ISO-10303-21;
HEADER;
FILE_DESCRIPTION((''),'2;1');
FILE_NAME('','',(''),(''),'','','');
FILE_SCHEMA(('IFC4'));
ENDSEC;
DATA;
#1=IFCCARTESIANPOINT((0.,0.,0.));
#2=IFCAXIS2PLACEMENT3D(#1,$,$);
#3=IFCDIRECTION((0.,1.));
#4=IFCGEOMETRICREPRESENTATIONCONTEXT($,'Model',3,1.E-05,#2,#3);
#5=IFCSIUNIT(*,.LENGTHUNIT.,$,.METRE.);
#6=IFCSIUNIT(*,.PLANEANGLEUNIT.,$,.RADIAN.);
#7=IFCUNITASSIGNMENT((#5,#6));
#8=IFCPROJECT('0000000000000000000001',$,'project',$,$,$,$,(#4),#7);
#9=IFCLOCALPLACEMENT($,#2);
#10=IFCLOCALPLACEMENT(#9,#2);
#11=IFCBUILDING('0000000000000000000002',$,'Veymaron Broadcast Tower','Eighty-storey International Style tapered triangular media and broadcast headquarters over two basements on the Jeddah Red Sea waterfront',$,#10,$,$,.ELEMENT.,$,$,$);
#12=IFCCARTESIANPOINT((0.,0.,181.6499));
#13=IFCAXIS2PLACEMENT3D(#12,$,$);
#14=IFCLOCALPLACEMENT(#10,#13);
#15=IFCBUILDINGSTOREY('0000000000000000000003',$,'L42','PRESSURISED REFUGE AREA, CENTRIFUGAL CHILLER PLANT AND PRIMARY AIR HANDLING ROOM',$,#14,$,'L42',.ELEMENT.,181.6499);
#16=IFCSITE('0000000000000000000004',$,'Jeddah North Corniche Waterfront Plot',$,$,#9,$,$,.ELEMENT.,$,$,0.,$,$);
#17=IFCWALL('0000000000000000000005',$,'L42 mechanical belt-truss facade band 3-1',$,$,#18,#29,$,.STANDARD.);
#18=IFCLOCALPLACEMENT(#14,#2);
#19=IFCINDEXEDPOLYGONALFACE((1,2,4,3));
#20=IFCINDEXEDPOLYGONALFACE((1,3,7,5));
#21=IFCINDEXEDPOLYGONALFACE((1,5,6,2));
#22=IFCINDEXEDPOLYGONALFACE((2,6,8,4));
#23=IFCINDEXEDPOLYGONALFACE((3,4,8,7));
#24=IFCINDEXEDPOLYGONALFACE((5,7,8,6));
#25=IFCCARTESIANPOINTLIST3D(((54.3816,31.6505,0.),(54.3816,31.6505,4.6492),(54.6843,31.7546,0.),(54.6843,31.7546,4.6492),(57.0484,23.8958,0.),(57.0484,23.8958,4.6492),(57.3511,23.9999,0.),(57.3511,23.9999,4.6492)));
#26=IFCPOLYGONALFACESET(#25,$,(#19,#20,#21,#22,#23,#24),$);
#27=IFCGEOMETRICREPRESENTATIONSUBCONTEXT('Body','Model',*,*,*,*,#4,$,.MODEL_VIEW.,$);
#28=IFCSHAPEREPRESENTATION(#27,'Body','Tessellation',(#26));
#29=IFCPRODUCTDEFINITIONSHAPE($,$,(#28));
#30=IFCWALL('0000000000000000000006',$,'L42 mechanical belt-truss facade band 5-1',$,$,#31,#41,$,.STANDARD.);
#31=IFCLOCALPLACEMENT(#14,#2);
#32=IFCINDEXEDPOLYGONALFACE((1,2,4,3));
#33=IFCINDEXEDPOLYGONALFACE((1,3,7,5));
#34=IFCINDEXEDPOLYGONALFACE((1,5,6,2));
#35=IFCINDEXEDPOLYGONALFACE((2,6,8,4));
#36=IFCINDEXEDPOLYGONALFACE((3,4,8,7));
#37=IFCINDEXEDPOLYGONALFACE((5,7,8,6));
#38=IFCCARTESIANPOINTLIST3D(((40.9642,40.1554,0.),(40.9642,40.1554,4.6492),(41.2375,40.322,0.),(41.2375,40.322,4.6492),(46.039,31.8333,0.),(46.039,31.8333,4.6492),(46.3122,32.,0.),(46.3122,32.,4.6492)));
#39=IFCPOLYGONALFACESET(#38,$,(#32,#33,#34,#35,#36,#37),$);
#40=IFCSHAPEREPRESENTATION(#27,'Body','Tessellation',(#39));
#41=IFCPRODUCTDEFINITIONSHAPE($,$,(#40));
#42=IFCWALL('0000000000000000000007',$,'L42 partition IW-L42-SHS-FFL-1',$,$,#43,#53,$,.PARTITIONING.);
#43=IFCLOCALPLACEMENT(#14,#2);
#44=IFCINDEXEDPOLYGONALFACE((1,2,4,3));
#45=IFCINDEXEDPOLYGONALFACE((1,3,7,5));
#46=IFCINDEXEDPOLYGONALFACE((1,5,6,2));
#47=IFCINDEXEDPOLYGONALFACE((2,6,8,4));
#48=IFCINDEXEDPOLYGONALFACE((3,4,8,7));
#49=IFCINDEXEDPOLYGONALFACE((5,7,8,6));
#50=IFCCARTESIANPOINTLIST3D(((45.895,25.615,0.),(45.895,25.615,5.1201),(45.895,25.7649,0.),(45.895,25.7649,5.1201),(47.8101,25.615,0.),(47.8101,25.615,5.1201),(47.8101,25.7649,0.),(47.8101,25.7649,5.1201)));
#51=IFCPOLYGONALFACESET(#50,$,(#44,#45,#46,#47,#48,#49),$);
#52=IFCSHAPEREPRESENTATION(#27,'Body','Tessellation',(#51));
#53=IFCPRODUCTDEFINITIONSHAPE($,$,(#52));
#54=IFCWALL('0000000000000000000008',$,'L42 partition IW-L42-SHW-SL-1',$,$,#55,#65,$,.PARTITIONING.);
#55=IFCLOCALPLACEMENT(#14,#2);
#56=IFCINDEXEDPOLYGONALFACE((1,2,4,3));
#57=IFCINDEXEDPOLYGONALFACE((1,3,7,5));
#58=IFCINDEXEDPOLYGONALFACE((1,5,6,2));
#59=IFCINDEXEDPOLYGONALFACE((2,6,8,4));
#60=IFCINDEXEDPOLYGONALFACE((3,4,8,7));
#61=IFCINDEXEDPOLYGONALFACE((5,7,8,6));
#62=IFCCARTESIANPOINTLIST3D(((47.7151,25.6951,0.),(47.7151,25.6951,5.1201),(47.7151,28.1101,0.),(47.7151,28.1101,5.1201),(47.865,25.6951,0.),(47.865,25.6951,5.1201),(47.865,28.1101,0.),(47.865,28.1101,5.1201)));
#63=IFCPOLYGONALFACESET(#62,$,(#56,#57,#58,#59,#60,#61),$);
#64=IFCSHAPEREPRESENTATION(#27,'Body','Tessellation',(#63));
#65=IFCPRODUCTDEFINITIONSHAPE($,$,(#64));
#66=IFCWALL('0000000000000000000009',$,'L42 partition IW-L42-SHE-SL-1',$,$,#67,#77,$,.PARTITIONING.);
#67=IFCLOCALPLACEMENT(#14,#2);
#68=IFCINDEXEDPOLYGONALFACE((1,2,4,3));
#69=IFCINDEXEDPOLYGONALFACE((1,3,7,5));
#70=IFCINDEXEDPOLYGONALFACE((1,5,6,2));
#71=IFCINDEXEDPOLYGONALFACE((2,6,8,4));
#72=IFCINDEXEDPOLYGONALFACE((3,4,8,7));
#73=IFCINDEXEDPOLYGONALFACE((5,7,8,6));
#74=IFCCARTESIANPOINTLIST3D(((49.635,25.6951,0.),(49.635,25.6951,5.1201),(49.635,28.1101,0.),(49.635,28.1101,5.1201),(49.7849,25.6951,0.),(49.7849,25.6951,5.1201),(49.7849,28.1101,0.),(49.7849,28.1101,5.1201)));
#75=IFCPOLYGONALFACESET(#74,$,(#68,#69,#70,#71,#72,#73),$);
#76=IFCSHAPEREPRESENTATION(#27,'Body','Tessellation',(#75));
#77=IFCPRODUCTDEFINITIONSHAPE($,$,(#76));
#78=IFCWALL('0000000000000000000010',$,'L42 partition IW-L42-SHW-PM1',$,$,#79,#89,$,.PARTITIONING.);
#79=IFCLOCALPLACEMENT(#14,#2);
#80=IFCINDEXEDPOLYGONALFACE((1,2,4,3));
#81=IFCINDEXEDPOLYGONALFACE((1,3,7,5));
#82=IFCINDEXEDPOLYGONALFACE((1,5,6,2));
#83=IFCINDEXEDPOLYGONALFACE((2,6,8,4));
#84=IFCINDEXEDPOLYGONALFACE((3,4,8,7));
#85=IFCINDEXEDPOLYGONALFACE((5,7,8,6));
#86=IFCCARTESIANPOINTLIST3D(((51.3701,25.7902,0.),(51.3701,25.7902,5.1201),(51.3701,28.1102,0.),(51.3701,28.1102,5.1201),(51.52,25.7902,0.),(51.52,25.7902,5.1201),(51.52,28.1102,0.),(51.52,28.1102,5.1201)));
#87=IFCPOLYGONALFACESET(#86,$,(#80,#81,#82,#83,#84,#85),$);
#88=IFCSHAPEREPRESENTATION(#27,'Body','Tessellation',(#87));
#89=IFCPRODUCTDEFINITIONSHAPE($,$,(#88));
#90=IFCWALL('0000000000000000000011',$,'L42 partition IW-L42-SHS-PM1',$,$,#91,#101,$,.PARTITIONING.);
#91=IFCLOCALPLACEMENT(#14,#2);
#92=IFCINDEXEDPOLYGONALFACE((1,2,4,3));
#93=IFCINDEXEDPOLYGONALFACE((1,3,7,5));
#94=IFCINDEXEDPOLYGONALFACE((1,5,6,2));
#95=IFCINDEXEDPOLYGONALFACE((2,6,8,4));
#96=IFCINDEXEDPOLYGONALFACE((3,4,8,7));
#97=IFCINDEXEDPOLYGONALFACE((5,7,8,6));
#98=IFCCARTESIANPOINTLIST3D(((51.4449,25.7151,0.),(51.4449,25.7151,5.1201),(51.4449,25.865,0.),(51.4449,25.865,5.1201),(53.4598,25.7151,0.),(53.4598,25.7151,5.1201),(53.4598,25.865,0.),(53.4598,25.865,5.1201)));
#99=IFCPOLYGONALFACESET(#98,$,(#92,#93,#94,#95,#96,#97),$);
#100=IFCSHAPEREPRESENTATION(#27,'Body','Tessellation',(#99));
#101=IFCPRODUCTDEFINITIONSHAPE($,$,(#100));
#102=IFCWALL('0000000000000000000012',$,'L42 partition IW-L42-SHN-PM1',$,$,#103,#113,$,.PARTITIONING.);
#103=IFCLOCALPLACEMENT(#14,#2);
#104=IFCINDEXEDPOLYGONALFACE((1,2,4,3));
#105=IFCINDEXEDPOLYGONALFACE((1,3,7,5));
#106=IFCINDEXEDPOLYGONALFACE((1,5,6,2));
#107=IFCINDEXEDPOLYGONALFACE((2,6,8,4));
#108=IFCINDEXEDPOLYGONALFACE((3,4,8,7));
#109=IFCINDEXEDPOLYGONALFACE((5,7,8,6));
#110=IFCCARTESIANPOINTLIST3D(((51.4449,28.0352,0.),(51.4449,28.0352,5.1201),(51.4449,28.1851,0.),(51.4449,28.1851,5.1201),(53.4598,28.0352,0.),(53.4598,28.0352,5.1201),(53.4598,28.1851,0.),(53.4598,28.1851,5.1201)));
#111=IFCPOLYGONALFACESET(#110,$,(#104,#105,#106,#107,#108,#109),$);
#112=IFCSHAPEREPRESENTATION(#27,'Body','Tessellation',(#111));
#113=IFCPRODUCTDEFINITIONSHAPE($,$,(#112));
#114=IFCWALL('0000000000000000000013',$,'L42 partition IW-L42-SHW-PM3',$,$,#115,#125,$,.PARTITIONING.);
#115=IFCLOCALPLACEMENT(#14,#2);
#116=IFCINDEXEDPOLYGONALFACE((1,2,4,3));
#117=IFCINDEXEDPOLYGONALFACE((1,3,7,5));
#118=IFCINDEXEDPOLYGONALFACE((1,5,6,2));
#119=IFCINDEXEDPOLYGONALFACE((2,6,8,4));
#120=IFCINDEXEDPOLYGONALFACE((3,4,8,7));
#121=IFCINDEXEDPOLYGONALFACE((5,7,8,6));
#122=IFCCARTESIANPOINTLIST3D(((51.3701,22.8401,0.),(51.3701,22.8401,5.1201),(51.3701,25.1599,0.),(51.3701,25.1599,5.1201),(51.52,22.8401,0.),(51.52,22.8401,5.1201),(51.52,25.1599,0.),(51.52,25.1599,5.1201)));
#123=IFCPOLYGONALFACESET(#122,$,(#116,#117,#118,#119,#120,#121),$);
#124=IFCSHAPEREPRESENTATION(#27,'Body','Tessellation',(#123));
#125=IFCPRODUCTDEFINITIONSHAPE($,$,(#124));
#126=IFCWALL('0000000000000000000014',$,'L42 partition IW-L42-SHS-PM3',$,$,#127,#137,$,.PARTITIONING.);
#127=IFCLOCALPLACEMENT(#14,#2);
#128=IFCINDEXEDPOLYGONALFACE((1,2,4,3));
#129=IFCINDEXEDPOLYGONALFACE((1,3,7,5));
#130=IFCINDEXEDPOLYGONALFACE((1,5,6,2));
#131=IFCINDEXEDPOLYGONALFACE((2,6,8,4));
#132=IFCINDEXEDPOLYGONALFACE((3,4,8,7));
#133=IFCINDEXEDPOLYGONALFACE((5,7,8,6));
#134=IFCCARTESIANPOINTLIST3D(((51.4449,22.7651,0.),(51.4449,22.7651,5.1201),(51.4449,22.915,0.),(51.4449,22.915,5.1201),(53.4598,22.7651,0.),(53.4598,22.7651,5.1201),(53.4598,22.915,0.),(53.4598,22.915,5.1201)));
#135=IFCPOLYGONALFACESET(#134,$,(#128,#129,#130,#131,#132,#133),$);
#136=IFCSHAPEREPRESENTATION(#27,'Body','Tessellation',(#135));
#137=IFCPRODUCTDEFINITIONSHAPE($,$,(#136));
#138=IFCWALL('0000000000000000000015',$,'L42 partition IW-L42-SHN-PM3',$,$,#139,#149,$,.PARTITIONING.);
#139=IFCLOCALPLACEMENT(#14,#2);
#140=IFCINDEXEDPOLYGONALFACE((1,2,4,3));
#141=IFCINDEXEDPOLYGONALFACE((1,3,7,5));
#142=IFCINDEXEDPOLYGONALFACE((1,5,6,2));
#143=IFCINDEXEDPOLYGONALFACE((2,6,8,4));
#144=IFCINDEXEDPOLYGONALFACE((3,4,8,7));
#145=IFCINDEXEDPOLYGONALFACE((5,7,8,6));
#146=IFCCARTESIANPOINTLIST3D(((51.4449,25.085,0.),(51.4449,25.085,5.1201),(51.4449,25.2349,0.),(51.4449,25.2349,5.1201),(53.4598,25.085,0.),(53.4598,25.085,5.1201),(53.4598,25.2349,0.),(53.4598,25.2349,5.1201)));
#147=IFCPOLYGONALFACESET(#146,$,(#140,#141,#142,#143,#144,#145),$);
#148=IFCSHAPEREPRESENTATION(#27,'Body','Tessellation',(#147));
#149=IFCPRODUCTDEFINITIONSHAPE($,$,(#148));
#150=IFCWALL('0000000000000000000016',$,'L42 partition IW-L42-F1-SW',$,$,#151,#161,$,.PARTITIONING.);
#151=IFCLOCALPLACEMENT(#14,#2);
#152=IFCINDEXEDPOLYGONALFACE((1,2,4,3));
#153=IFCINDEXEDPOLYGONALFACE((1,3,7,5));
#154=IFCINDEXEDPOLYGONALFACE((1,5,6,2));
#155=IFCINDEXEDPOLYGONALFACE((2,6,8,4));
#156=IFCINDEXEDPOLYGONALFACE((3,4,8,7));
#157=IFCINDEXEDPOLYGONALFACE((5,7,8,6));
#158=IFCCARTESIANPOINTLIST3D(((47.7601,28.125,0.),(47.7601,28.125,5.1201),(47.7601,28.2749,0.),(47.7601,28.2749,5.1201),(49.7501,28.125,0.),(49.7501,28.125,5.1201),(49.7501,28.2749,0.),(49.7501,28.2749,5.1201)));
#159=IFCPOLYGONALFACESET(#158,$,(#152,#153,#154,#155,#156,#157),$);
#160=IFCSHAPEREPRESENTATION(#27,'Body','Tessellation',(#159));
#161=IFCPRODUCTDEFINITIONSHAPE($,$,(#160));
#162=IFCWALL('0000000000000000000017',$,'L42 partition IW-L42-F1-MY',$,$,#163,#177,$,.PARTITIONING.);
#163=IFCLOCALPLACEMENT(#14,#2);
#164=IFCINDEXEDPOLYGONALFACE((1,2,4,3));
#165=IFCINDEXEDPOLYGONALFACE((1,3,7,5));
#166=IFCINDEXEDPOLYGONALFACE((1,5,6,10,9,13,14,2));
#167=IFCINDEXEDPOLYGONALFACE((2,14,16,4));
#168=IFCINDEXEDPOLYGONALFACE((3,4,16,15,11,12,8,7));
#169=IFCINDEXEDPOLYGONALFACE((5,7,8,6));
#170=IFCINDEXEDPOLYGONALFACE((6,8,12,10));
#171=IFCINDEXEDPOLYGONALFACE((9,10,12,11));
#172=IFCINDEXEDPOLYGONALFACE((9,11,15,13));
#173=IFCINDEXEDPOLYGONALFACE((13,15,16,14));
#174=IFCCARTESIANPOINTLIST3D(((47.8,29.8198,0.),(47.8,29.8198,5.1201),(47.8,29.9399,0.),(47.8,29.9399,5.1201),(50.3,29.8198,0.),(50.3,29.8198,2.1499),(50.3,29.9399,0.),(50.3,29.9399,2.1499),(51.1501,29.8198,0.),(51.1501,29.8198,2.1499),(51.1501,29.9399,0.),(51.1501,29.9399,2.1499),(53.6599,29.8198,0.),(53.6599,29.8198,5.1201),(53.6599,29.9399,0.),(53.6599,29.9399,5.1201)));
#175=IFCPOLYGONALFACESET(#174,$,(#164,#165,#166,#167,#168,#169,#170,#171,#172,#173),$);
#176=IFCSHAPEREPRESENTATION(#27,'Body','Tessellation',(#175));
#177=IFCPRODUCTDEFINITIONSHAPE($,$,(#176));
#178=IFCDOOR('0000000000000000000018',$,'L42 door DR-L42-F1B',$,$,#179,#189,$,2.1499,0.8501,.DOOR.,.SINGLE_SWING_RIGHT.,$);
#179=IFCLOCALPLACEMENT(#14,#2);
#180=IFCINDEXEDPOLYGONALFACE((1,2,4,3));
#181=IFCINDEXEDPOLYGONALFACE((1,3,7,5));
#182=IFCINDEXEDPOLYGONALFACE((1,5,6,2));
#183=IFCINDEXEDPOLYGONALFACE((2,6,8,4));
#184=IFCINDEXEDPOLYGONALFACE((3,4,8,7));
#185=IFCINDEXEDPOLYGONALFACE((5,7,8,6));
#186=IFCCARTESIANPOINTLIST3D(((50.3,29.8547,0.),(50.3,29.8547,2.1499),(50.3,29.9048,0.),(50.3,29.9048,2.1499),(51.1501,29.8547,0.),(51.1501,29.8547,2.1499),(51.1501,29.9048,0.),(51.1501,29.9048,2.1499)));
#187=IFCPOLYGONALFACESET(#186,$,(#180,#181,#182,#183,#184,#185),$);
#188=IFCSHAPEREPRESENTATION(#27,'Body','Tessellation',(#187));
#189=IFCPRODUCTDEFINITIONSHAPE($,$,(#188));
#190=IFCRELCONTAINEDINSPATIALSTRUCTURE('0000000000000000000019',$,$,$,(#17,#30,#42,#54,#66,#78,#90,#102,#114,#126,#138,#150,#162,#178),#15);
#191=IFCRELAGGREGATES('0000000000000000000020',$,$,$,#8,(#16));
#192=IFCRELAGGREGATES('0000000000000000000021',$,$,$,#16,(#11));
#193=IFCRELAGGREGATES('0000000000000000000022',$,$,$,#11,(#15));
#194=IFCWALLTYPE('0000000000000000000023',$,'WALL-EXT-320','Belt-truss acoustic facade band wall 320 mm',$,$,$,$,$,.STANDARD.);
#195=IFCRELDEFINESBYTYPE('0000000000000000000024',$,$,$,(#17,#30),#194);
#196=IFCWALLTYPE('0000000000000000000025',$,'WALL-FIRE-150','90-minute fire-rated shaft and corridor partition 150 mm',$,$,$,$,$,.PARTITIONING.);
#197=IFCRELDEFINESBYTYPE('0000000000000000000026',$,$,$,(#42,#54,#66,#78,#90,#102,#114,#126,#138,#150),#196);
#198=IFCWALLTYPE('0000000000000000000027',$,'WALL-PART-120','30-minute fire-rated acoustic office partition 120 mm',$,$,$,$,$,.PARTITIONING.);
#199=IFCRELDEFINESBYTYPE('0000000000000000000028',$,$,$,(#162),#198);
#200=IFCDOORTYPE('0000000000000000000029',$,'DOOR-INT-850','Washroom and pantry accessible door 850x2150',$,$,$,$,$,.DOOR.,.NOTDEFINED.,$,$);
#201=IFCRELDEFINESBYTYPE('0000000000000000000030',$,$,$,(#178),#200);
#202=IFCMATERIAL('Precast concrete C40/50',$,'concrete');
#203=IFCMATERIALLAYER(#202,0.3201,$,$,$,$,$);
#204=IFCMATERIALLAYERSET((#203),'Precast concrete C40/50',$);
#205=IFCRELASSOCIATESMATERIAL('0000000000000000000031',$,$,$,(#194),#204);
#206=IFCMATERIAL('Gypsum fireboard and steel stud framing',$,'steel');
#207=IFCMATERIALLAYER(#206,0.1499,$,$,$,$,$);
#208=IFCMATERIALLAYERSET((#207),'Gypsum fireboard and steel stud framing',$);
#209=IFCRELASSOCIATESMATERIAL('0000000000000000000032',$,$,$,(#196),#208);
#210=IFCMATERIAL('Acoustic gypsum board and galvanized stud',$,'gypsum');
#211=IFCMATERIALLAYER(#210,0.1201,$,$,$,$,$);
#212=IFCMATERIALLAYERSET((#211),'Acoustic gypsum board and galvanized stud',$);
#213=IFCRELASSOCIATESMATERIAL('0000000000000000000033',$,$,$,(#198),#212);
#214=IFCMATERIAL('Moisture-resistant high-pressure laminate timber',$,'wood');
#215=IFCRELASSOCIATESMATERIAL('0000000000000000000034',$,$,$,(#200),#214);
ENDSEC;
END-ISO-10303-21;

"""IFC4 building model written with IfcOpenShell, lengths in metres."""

from ifc_helpers import new_model, si_unit, direction, frame, frame_2d, origin, place, context, subcontext, project, spatial, rectangle, extrude, material, layer, layer_set, type_object, element, fill, save


model = new_model("IFC4")

# Units and contexts
model_context = context("Model", 3, precision=1e-05, world=origin(), true_north=direction((0.0, 1.0)))
body_context = subcontext(model_context, "Body", "Model", "MODEL_VIEW")
ifc_project = project(units=[si_unit("LENGTHUNIT", "METRE"), si_unit("PLANEANGLEUNIT", "RADIAN")], contexts=[model_context])

# Site, building, storey
site_placement = place(None, origin())
site = spatial("IfcSite", under=ifc_project, at=site_placement, Name="Jeddah North Corniche Waterfront Plot", CompositionType="ELEMENT", RefElevation=0.0)
building_placement = place(site_placement, origin())
building = spatial("IfcBuilding", under=site, at=building_placement, Name="Veymaron Broadcast Tower", Description="Eighty-storey International Style tapered triangular media and broadcast headquarters over two basements on the Jeddah Red Sea waterfront", CompositionType="ELEMENT")
storey_placement = place(building_placement, frame((0.0, 0.0, 181.6499)))
storey = spatial("IfcBuildingStorey", under=building, at=storey_placement, Name="L42", Description="PRESSURISED REFUGE AREA, CENTRIFUGAL CHILLER PLANT AND PRIMARY AIR HANDLING ROOM", LongName="L42", CompositionType="ELEMENT", Elevation=181.6499)

# Walls
ifc_material_1 = material(Name="Precast concrete C40/50", Category="concrete")
ifc_layer_1 = layer(ifc_material_1, 0.3201)
ifc_layer_set_1 = layer_set([ifc_layer_1], Name="Precast concrete C40/50")
wall_type_1 = type_object("IfcWallType", Name="WALL-EXT-320", Description="Belt-truss acoustic facade band wall 320 mm", PredefinedType="STANDARD", material=ifc_layer_set_1)
wall_1_placement = place(storey_placement, frame((57.1997, 23.948, 0.0), z_axis=(0.0, 0.0, 1.0), x_axis=(-0.325199, 0.945646, 0.0)))
element("IfcWall", 1, at=wall_1_placement, inside=storey, type_object=wall_type_1, Name="L42 mechanical belt-truss facade band 3-1", PredefinedType="STANDARD", context=body_context, shape_type="SweptSolid", body=[
    extrude(rectangle(XDim=8.2004, YDim=0.3201, at=frame_2d((4.1001, 0.0))), origin(), (0.0, 0.0, 1.0), 4.6492),
])
wall_2_placement = place(storey_placement, frame((46.1755, 31.9167, 0.0), z_axis=(0.0, 0.0, 1.0), x_axis=(-0.52063, 0.853782, 0.0)))
element("IfcWall", 2, at=wall_2_placement, inside=storey, type_object=wall_type_1, Name="L42 mechanical belt-truss facade band 5-1", PredefinedType="STANDARD", context=body_context, shape_type="SweptSolid", body=[
    extrude(rectangle(XDim=9.7473, YDim=0.3201, at=frame_2d((4.8735, 0.0))), origin(), (0.0, 0.0, 1.0), 4.6492),
])

# Shared definitions
ifc_material_2 = material(Name="Gypsum fireboard and steel stud framing", Category="steel")
ifc_layer_2 = layer(ifc_material_2, 0.1499)
ifc_layer_set_2 = layer_set([ifc_layer_2], Name="Gypsum fireboard and steel stud framing")
wall_type_2 = type_object("IfcWallType", Name="WALL-FIRE-150", Description="90-minute fire-rated shaft and corridor partition 150 mm", PredefinedType="PARTITIONING", material=ifc_layer_set_2)

# Wall
wall_3_placement = place(storey_placement, frame((45.895, 25.6899, 0.0), z_axis=(0.0, 0.0, 1.0), x_axis=(1.0, 0.0, 0.0)))
element("IfcWall", 3, at=wall_3_placement, inside=storey, type_object=wall_type_2, Name="L42 partition IW-L42-SHS-FFL-1", PredefinedType="PARTITIONING", context=body_context, shape_type="SweptSolid", body=[
    extrude(rectangle(XDim=1.915, YDim=0.1499, at=frame_2d((0.9575, 0.0))), origin(), (0.0, 0.0, 1.0), 5.1201),
])

# Walls
for number, where, z_axis, x_axis, name in (
    (4, (47.79, 25.6951, 0.0), (0.0, 0.0, 1.0), (0.0, 1.0, 0.0), "L42 partition IW-L42-SHW-SL-1"),
    (5, (49.71, 25.6951, 0.0), (0.0, 0.0, 1.0), (0.0, 1.0, 0.0), "L42 partition IW-L42-SHE-SL-1"),
):
    element("IfcWall", number, at=place(storey_placement, frame(where, z_axis=z_axis, x_axis=x_axis)), inside=storey, type_object=wall_type_2, Name=name, PredefinedType="PARTITIONING", context=body_context, shape_type="SweptSolid", body=[
        extrude(rectangle(XDim=2.415, YDim=0.1499, at=frame_2d((1.2075, 0.0))), origin(), (0.0, 0.0, 1.0), 5.1201),
    ])
wall_4_placement = place(storey_placement, frame((51.4451, 25.79, 0.0), z_axis=(0.0, 0.0, 1.0), x_axis=(0.0, 1.0, 0.0)))
element("IfcWall", 6, at=wall_4_placement, inside=storey, type_object=wall_type_2, Name="L42 partition IW-L42-SHW-PM1", PredefinedType="PARTITIONING", context=body_context, shape_type="SweptSolid", body=[
    extrude(rectangle(XDim=2.3201, YDim=0.1499, at=frame_2d((1.1602, 0.0))), origin(), (0.0, 0.0, 1.0), 5.1201),
])
for number, where, z_axis, x_axis, name in (
    (7, (51.4451, 25.79, 0.0), (0.0, 0.0, 1.0), (1.0, 0.0, 0.0), "L42 partition IW-L42-SHS-PM1"),
    (8, (51.4451, 28.1101, 0.0), (0.0, 0.0, 1.0), (1.0, 0.0, 0.0), "L42 partition IW-L42-SHN-PM1"),
):
    element("IfcWall", number, at=place(storey_placement, frame(where, z_axis=z_axis, x_axis=x_axis)), inside=storey, type_object=wall_type_2, Name=name, PredefinedType="PARTITIONING", context=body_context, shape_type="SweptSolid", body=[
        extrude(rectangle(XDim=2.0149, YDim=0.1499, at=frame_2d((1.0073, 0.0))), origin(), (0.0, 0.0, 1.0), 5.1201),
    ])
wall_5_placement = place(storey_placement, frame((51.4451, 22.8401, 0.0), z_axis=(0.0, 0.0, 1.0), x_axis=(0.0, 1.0, 0.0)))
element("IfcWall", 9, at=wall_5_placement, inside=storey, type_object=wall_type_2, Name="L42 partition IW-L42-SHW-PM3", PredefinedType="PARTITIONING", context=body_context, shape_type="SweptSolid", body=[
    extrude(rectangle(XDim=2.3198, YDim=0.1499, at=frame_2d((1.1599, 0.0))), origin(), (0.0, 0.0, 1.0), 5.1201),
])
for number, where, z_axis, x_axis, name in (
    (10, (51.4451, 22.8401, 0.0), (0.0, 0.0, 1.0), (1.0, 0.0, 0.0), "L42 partition IW-L42-SHS-PM3"),
    (11, (51.4451, 25.1599, 0.0), (0.0, 0.0, 1.0), (1.0, 0.0, 0.0), "L42 partition IW-L42-SHN-PM3"),
):
    element("IfcWall", number, at=place(storey_placement, frame(where, z_axis=z_axis, x_axis=x_axis)), inside=storey, type_object=wall_type_2, Name=name, PredefinedType="PARTITIONING", context=body_context, shape_type="SweptSolid", body=[
        extrude(rectangle(XDim=2.0149, YDim=0.1499, at=frame_2d((1.0073, 0.0))), origin(), (0.0, 0.0, 1.0), 5.1201),
    ])
wall_6_placement = place(storey_placement, frame((47.76, 28.2, 0.0), z_axis=(0.0, 0.0, 1.0), x_axis=(1.0, 0.0, 0.0)))
element("IfcWall", 12, at=wall_6_placement, inside=storey, type_object=wall_type_2, Name="L42 partition IW-L42-F1-SW", PredefinedType="PARTITIONING", context=body_context, shape_type="SweptSolid", body=[
    extrude(rectangle(XDim=1.99, YDim=0.1499, at=frame_2d((0.9951, 0.0))), origin(), (0.0, 0.0, 1.0), 5.1201),
])

# Wall, opening, door
ifc_material_3 = material(Name="Acoustic gypsum board and galvanized stud", Category="gypsum")
ifc_layer_3 = layer(ifc_material_3, 0.1201)
ifc_layer_set_3 = layer_set([ifc_layer_3], Name="Acoustic gypsum board and galvanized stud")
wall_type_3 = type_object("IfcWallType", Name="WALL-PART-120", Description="30-minute fire-rated acoustic office partition 120 mm", PredefinedType="PARTITIONING", material=ifc_layer_set_3)
ifc_material_4 = material(Name="Moisture-resistant high-pressure laminate timber", Category="wood")
door_type_1 = type_object("IfcDoorType", Name="DOOR-INT-850", Description="Washroom and pantry accessible door 850x2150", OperationType="NOTDEFINED", PredefinedType="DOOR", material=ifc_material_4)
wall_7_placement = place(storey_placement, frame((47.8, 29.8799, 0.0), z_axis=(0.0, 0.0, 1.0), x_axis=(1.0, 0.0, 0.0)))
wall_7 = element("IfcWall", 13, at=wall_7_placement, inside=storey, type_object=wall_type_3, Name="L42 partition IW-L42-F1-MY", PredefinedType="PARTITIONING", context=body_context, shape_type="SweptSolid", body=[
    extrude(rectangle(XDim=5.8599, YDim=0.1201, at=frame_2d((2.9299, 0.0))), origin(), (0.0, 0.0, 1.0), 5.1201),
])
opening_1_placement = place(wall_7_placement, frame((2.5, 0.0, 0.0)))
opening_1 = element("IfcOpeningElement", 14, at=opening_1_placement, cuts=wall_7, PredefinedType="OPENING", context=body_context, shape_type="SweptSolid", body=[
    extrude(rectangle(XDim=0.8501, YDim=2.1499, at=frame_2d((0.425, 1.075))), frame((0.0, 0.0701, 0.0), z_axis=(0.0, -1.0, 0.0), x_axis=(1.0, 0.0, 0.0)), (0.0, 0.0, 1.0), 0.1401),
])
door_1_placement = place(opening_1_placement, origin())
door_1 = element("IfcDoor", 15, at=door_1_placement, inside=storey, type_object=door_type_1, Name="L42 door DR-L42-F1B", OperationType="SINGLE_SWING_RIGHT", OverallHeight=2.1499, OverallWidth=0.8501, PredefinedType="DOOR", context=body_context, shape_type="SweptSolid", body=[
    extrude(rectangle(XDim=0.8501, YDim=2.1499, at=frame_2d((0.425, 1.075))), frame((0.0, 0.0249, 0.0), z_axis=(0.0, -1.0, 0.0), x_axis=(1.0, 0.0, 0.0)), (0.0, 0.0, 1.0), 0.05),
])
fill(opening_1, door_1)

save(model, "model.ifc")
